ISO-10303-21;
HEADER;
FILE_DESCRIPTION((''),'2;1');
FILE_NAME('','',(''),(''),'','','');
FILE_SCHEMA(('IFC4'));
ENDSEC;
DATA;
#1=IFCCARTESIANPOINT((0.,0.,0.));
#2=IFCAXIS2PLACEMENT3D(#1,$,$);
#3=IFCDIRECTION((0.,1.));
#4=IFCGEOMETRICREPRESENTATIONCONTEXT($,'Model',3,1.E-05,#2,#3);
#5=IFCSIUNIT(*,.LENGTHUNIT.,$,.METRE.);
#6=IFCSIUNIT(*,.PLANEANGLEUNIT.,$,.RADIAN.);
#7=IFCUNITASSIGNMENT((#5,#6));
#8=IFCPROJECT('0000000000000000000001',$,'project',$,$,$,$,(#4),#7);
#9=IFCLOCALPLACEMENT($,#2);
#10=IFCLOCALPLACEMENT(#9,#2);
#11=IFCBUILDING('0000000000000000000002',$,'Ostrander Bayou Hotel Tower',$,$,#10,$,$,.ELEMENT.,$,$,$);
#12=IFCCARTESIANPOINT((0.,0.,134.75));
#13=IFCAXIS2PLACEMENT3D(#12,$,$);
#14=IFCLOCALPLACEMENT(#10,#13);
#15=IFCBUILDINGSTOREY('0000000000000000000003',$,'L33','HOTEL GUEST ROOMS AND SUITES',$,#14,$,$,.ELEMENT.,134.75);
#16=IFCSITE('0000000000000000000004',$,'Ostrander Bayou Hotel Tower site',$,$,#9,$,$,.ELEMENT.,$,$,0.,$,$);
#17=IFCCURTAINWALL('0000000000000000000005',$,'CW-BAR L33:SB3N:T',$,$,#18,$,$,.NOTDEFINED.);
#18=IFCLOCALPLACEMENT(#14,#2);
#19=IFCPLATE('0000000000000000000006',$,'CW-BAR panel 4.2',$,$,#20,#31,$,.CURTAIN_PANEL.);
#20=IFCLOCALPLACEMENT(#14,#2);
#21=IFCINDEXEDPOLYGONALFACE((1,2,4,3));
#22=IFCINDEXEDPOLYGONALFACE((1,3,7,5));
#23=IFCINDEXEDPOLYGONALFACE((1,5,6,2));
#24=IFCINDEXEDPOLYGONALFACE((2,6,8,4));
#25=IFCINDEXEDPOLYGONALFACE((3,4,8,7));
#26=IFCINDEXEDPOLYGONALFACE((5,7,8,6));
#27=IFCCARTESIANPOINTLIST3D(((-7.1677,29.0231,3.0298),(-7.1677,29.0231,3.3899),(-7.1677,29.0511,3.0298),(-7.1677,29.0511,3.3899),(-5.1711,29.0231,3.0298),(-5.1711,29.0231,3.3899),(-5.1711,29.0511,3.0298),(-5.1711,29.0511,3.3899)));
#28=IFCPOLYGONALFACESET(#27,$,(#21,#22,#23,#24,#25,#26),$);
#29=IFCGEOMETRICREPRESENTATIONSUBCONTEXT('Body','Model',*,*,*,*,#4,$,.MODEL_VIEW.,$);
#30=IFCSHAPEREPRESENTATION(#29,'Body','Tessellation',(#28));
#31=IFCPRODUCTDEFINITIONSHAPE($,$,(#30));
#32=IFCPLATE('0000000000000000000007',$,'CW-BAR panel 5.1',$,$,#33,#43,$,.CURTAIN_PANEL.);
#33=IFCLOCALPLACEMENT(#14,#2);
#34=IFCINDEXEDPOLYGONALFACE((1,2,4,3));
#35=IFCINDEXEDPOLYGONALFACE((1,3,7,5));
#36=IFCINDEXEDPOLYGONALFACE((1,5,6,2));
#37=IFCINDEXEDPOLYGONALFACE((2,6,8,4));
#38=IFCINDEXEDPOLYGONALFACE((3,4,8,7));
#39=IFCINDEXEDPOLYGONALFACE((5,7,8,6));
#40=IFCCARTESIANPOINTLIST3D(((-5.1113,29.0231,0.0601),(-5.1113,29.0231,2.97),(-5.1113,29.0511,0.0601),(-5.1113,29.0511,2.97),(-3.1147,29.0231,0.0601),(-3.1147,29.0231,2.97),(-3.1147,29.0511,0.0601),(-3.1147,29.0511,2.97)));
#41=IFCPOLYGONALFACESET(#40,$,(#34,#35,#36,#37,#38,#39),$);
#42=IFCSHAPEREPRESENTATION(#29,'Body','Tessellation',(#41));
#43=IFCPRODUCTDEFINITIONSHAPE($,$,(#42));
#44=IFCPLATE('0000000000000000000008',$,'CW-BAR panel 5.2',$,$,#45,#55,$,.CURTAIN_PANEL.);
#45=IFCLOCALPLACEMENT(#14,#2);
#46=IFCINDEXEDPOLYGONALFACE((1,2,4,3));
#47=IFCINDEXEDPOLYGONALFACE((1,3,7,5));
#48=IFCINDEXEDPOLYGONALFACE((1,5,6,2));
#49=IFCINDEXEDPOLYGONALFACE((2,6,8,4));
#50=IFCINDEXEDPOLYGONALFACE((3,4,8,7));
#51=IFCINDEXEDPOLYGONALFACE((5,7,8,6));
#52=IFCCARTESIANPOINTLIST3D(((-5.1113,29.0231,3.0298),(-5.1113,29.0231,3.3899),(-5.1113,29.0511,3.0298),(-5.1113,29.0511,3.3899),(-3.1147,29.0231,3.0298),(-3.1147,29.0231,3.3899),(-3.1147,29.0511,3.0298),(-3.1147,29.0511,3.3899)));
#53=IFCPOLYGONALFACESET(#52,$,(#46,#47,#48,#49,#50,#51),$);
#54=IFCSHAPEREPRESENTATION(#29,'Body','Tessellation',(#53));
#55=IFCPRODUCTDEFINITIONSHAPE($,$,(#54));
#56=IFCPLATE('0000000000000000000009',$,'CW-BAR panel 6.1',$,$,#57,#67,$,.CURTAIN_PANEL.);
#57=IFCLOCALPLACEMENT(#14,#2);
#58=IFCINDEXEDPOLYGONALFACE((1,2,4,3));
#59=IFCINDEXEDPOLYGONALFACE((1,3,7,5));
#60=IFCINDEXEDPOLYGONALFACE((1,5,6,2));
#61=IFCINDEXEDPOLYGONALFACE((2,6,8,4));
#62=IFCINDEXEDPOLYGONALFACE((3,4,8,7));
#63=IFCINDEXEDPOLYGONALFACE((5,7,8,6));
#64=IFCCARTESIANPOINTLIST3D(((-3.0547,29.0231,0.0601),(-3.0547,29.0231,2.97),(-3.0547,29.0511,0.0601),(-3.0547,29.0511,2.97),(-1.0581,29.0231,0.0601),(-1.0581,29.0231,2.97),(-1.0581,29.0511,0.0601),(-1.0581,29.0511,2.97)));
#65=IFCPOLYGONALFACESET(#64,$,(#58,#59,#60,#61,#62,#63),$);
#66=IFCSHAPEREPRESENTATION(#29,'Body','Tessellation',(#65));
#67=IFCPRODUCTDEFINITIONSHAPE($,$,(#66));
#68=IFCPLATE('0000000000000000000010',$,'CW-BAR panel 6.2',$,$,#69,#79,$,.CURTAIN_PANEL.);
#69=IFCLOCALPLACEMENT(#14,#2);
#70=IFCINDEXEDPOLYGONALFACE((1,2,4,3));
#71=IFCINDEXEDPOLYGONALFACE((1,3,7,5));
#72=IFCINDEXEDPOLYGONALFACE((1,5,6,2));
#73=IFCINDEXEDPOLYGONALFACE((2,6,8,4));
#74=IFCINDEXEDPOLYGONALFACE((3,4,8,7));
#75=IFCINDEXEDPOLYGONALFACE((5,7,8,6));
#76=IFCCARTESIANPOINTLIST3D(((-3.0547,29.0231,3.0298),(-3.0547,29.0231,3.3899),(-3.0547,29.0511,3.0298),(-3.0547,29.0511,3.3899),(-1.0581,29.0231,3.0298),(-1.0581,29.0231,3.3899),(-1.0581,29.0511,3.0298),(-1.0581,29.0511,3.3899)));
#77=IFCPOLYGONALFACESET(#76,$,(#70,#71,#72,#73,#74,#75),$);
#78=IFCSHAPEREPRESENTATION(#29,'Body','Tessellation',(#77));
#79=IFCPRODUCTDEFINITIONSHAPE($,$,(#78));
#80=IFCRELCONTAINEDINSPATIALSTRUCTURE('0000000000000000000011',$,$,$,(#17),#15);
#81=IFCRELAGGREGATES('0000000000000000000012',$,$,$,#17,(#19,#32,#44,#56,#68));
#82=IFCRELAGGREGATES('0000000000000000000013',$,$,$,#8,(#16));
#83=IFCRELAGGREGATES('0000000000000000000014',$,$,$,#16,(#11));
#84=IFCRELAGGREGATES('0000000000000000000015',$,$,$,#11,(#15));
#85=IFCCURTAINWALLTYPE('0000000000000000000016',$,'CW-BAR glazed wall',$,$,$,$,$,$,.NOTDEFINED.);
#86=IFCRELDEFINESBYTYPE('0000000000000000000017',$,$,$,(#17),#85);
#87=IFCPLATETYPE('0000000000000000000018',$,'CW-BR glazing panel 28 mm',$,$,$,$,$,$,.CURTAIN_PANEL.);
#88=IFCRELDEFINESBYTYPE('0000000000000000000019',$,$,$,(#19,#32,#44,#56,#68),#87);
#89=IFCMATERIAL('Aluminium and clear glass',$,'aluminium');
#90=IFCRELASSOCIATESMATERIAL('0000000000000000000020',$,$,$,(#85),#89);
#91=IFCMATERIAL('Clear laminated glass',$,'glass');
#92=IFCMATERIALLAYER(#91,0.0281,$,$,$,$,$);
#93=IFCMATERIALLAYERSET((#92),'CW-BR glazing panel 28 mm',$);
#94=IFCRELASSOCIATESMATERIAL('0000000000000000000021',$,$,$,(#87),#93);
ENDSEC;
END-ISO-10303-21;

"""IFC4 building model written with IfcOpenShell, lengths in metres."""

from ifc_helpers import new_model, si_unit, direction, frame, origin, origin_2d, place, context, subcontext, project, spatial, rectangle, extrude, material, layer, layer_set, type_object, element, aggregate, save


model = new_model("IFC4")

# Units and contexts
model_context = context("Model", 3, precision=1e-05, world=origin(), true_north=direction((0.0, 1.0)))
body_context = subcontext(model_context, "Body", "Model", "MODEL_VIEW")
ifc_project = project(units=[si_unit("LENGTHUNIT", "METRE"), si_unit("PLANEANGLEUNIT", "RADIAN")], contexts=[model_context])

# Site, building, storey
site_placement = place(None, origin())
site = spatial("IfcSite", under=ifc_project, at=site_placement, Name="Ostrander Bayou Hotel Tower site", CompositionType="ELEMENT", RefElevation=0.0)
building_placement = place(site_placement, origin())
building = spatial("IfcBuilding", under=site, at=building_placement, Name="Ostrander Bayou Hotel Tower", CompositionType="ELEMENT")
storey_placement = place(building_placement, frame((0.0, 0.0, 134.75)))
storey = spatial("IfcBuildingStorey", under=building, at=storey_placement, Name="L33", Description="HOTEL GUEST ROOMS AND SUITES", CompositionType="ELEMENT", Elevation=134.75)

# Curtain wall, plates
ifc_material_1 = material(Name="Aluminium and clear glass", Category="aluminium")
curtain_wall_type = type_object("IfcCurtainWallType", Name="CW-BAR glazed wall", PredefinedType="NOTDEFINED", material=ifc_material_1)
curtain_wall_placement = place(storey_placement, origin())
curtain_wall = element("IfcCurtainWall", 1, at=curtain_wall_placement, inside=storey, type_object=curtain_wall_type, Name="CW-BAR L33:SB3N:T", PredefinedType="NOTDEFINED")
ifc_material_2 = material(Name="Clear laminated glass", Category="glass")
ifc_layer = layer(ifc_material_2, 0.0281)
ifc_layer_set = layer_set([ifc_layer], Name="CW-BR glazing panel 28 mm")
plate_type = type_object("IfcPlateType", Name="CW-BR glazing panel 28 mm", PredefinedType="CURTAIN_PANEL", material=ifc_layer_set)
plate_1_placement = place(storey_placement, frame((-6.1694, 29.0371, 3.0298), z_axis=(0.0, 0.0, 1.0), x_axis=(1.0, 0.0, 0.0)))
plate_1 = element("IfcPlate", 2, at=plate_1_placement, type_object=plate_type, Name="CW-BAR panel 4.2", PredefinedType="CURTAIN_PANEL", context=body_context, shape_type="SweptSolid", body=[
    extrude(rectangle(XDim=1.9966, YDim=0.0281, at=origin_2d()), origin(), (0.0, 0.0, 1.0), 0.3601),
])
plate_2_placement = place(storey_placement, frame((-4.113, 29.0371, 0.0601), z_axis=(0.0, 0.0, 1.0), x_axis=(1.0, 0.0, 0.0)))
plate_2 = element("IfcPlate", 3, at=plate_2_placement, type_object=plate_type, Name="CW-BAR panel 5.1", PredefinedType="CURTAIN_PANEL", context=body_context, shape_type="SweptSolid", body=[
    extrude(rectangle(XDim=1.9966, YDim=0.0281, at=origin_2d()), origin(), (0.0, 0.0, 1.0), 2.9099),
])
plate_3_placement = place(storey_placement, frame((-4.113, 29.0371, 3.0298), z_axis=(0.0, 0.0, 1.0), x_axis=(1.0, 0.0, 0.0)))
plate_3 = element("IfcPlate", 4, at=plate_3_placement, type_object=plate_type, Name="CW-BAR panel 5.2", PredefinedType="CURTAIN_PANEL", context=body_context, shape_type="SweptSolid", body=[
    extrude(rectangle(XDim=1.9966, YDim=0.0281, at=origin_2d()), origin(), (0.0, 0.0, 1.0), 0.3601),
])
plate_4_placement = place(storey_placement, frame((-2.0564, 29.0371, 0.0601), z_axis=(0.0, 0.0, 1.0), x_axis=(1.0, 0.0, 0.0)))
plate_4 = element("IfcPlate", 5, at=plate_4_placement, type_object=plate_type, Name="CW-BAR panel 6.1", PredefinedType="CURTAIN_PANEL", context=body_context, shape_type="SweptSolid", body=[
    extrude(rectangle(XDim=1.9966, YDim=0.0281, at=origin_2d()), origin(), (0.0, 0.0, 1.0), 2.9099),
])
plate_5_placement = place(storey_placement, frame((-2.0564, 29.0371, 3.0298), z_axis=(0.0, 0.0, 1.0), x_axis=(1.0, 0.0, 0.0)))
plate_5 = element("IfcPlate", 6, at=plate_5_placement, type_object=plate_type, Name="CW-BAR panel 6.2", PredefinedType="CURTAIN_PANEL", context=body_context, shape_type="SweptSolid", body=[
    extrude(rectangle(XDim=1.9966, YDim=0.0281, at=origin_2d()), origin(), (0.0, 0.0, 1.0), 0.3601),
])
aggregate(curtain_wall, [plate_1, plate_2, plate_3, plate_4, plate_5])

save(model, "model.ifc")
